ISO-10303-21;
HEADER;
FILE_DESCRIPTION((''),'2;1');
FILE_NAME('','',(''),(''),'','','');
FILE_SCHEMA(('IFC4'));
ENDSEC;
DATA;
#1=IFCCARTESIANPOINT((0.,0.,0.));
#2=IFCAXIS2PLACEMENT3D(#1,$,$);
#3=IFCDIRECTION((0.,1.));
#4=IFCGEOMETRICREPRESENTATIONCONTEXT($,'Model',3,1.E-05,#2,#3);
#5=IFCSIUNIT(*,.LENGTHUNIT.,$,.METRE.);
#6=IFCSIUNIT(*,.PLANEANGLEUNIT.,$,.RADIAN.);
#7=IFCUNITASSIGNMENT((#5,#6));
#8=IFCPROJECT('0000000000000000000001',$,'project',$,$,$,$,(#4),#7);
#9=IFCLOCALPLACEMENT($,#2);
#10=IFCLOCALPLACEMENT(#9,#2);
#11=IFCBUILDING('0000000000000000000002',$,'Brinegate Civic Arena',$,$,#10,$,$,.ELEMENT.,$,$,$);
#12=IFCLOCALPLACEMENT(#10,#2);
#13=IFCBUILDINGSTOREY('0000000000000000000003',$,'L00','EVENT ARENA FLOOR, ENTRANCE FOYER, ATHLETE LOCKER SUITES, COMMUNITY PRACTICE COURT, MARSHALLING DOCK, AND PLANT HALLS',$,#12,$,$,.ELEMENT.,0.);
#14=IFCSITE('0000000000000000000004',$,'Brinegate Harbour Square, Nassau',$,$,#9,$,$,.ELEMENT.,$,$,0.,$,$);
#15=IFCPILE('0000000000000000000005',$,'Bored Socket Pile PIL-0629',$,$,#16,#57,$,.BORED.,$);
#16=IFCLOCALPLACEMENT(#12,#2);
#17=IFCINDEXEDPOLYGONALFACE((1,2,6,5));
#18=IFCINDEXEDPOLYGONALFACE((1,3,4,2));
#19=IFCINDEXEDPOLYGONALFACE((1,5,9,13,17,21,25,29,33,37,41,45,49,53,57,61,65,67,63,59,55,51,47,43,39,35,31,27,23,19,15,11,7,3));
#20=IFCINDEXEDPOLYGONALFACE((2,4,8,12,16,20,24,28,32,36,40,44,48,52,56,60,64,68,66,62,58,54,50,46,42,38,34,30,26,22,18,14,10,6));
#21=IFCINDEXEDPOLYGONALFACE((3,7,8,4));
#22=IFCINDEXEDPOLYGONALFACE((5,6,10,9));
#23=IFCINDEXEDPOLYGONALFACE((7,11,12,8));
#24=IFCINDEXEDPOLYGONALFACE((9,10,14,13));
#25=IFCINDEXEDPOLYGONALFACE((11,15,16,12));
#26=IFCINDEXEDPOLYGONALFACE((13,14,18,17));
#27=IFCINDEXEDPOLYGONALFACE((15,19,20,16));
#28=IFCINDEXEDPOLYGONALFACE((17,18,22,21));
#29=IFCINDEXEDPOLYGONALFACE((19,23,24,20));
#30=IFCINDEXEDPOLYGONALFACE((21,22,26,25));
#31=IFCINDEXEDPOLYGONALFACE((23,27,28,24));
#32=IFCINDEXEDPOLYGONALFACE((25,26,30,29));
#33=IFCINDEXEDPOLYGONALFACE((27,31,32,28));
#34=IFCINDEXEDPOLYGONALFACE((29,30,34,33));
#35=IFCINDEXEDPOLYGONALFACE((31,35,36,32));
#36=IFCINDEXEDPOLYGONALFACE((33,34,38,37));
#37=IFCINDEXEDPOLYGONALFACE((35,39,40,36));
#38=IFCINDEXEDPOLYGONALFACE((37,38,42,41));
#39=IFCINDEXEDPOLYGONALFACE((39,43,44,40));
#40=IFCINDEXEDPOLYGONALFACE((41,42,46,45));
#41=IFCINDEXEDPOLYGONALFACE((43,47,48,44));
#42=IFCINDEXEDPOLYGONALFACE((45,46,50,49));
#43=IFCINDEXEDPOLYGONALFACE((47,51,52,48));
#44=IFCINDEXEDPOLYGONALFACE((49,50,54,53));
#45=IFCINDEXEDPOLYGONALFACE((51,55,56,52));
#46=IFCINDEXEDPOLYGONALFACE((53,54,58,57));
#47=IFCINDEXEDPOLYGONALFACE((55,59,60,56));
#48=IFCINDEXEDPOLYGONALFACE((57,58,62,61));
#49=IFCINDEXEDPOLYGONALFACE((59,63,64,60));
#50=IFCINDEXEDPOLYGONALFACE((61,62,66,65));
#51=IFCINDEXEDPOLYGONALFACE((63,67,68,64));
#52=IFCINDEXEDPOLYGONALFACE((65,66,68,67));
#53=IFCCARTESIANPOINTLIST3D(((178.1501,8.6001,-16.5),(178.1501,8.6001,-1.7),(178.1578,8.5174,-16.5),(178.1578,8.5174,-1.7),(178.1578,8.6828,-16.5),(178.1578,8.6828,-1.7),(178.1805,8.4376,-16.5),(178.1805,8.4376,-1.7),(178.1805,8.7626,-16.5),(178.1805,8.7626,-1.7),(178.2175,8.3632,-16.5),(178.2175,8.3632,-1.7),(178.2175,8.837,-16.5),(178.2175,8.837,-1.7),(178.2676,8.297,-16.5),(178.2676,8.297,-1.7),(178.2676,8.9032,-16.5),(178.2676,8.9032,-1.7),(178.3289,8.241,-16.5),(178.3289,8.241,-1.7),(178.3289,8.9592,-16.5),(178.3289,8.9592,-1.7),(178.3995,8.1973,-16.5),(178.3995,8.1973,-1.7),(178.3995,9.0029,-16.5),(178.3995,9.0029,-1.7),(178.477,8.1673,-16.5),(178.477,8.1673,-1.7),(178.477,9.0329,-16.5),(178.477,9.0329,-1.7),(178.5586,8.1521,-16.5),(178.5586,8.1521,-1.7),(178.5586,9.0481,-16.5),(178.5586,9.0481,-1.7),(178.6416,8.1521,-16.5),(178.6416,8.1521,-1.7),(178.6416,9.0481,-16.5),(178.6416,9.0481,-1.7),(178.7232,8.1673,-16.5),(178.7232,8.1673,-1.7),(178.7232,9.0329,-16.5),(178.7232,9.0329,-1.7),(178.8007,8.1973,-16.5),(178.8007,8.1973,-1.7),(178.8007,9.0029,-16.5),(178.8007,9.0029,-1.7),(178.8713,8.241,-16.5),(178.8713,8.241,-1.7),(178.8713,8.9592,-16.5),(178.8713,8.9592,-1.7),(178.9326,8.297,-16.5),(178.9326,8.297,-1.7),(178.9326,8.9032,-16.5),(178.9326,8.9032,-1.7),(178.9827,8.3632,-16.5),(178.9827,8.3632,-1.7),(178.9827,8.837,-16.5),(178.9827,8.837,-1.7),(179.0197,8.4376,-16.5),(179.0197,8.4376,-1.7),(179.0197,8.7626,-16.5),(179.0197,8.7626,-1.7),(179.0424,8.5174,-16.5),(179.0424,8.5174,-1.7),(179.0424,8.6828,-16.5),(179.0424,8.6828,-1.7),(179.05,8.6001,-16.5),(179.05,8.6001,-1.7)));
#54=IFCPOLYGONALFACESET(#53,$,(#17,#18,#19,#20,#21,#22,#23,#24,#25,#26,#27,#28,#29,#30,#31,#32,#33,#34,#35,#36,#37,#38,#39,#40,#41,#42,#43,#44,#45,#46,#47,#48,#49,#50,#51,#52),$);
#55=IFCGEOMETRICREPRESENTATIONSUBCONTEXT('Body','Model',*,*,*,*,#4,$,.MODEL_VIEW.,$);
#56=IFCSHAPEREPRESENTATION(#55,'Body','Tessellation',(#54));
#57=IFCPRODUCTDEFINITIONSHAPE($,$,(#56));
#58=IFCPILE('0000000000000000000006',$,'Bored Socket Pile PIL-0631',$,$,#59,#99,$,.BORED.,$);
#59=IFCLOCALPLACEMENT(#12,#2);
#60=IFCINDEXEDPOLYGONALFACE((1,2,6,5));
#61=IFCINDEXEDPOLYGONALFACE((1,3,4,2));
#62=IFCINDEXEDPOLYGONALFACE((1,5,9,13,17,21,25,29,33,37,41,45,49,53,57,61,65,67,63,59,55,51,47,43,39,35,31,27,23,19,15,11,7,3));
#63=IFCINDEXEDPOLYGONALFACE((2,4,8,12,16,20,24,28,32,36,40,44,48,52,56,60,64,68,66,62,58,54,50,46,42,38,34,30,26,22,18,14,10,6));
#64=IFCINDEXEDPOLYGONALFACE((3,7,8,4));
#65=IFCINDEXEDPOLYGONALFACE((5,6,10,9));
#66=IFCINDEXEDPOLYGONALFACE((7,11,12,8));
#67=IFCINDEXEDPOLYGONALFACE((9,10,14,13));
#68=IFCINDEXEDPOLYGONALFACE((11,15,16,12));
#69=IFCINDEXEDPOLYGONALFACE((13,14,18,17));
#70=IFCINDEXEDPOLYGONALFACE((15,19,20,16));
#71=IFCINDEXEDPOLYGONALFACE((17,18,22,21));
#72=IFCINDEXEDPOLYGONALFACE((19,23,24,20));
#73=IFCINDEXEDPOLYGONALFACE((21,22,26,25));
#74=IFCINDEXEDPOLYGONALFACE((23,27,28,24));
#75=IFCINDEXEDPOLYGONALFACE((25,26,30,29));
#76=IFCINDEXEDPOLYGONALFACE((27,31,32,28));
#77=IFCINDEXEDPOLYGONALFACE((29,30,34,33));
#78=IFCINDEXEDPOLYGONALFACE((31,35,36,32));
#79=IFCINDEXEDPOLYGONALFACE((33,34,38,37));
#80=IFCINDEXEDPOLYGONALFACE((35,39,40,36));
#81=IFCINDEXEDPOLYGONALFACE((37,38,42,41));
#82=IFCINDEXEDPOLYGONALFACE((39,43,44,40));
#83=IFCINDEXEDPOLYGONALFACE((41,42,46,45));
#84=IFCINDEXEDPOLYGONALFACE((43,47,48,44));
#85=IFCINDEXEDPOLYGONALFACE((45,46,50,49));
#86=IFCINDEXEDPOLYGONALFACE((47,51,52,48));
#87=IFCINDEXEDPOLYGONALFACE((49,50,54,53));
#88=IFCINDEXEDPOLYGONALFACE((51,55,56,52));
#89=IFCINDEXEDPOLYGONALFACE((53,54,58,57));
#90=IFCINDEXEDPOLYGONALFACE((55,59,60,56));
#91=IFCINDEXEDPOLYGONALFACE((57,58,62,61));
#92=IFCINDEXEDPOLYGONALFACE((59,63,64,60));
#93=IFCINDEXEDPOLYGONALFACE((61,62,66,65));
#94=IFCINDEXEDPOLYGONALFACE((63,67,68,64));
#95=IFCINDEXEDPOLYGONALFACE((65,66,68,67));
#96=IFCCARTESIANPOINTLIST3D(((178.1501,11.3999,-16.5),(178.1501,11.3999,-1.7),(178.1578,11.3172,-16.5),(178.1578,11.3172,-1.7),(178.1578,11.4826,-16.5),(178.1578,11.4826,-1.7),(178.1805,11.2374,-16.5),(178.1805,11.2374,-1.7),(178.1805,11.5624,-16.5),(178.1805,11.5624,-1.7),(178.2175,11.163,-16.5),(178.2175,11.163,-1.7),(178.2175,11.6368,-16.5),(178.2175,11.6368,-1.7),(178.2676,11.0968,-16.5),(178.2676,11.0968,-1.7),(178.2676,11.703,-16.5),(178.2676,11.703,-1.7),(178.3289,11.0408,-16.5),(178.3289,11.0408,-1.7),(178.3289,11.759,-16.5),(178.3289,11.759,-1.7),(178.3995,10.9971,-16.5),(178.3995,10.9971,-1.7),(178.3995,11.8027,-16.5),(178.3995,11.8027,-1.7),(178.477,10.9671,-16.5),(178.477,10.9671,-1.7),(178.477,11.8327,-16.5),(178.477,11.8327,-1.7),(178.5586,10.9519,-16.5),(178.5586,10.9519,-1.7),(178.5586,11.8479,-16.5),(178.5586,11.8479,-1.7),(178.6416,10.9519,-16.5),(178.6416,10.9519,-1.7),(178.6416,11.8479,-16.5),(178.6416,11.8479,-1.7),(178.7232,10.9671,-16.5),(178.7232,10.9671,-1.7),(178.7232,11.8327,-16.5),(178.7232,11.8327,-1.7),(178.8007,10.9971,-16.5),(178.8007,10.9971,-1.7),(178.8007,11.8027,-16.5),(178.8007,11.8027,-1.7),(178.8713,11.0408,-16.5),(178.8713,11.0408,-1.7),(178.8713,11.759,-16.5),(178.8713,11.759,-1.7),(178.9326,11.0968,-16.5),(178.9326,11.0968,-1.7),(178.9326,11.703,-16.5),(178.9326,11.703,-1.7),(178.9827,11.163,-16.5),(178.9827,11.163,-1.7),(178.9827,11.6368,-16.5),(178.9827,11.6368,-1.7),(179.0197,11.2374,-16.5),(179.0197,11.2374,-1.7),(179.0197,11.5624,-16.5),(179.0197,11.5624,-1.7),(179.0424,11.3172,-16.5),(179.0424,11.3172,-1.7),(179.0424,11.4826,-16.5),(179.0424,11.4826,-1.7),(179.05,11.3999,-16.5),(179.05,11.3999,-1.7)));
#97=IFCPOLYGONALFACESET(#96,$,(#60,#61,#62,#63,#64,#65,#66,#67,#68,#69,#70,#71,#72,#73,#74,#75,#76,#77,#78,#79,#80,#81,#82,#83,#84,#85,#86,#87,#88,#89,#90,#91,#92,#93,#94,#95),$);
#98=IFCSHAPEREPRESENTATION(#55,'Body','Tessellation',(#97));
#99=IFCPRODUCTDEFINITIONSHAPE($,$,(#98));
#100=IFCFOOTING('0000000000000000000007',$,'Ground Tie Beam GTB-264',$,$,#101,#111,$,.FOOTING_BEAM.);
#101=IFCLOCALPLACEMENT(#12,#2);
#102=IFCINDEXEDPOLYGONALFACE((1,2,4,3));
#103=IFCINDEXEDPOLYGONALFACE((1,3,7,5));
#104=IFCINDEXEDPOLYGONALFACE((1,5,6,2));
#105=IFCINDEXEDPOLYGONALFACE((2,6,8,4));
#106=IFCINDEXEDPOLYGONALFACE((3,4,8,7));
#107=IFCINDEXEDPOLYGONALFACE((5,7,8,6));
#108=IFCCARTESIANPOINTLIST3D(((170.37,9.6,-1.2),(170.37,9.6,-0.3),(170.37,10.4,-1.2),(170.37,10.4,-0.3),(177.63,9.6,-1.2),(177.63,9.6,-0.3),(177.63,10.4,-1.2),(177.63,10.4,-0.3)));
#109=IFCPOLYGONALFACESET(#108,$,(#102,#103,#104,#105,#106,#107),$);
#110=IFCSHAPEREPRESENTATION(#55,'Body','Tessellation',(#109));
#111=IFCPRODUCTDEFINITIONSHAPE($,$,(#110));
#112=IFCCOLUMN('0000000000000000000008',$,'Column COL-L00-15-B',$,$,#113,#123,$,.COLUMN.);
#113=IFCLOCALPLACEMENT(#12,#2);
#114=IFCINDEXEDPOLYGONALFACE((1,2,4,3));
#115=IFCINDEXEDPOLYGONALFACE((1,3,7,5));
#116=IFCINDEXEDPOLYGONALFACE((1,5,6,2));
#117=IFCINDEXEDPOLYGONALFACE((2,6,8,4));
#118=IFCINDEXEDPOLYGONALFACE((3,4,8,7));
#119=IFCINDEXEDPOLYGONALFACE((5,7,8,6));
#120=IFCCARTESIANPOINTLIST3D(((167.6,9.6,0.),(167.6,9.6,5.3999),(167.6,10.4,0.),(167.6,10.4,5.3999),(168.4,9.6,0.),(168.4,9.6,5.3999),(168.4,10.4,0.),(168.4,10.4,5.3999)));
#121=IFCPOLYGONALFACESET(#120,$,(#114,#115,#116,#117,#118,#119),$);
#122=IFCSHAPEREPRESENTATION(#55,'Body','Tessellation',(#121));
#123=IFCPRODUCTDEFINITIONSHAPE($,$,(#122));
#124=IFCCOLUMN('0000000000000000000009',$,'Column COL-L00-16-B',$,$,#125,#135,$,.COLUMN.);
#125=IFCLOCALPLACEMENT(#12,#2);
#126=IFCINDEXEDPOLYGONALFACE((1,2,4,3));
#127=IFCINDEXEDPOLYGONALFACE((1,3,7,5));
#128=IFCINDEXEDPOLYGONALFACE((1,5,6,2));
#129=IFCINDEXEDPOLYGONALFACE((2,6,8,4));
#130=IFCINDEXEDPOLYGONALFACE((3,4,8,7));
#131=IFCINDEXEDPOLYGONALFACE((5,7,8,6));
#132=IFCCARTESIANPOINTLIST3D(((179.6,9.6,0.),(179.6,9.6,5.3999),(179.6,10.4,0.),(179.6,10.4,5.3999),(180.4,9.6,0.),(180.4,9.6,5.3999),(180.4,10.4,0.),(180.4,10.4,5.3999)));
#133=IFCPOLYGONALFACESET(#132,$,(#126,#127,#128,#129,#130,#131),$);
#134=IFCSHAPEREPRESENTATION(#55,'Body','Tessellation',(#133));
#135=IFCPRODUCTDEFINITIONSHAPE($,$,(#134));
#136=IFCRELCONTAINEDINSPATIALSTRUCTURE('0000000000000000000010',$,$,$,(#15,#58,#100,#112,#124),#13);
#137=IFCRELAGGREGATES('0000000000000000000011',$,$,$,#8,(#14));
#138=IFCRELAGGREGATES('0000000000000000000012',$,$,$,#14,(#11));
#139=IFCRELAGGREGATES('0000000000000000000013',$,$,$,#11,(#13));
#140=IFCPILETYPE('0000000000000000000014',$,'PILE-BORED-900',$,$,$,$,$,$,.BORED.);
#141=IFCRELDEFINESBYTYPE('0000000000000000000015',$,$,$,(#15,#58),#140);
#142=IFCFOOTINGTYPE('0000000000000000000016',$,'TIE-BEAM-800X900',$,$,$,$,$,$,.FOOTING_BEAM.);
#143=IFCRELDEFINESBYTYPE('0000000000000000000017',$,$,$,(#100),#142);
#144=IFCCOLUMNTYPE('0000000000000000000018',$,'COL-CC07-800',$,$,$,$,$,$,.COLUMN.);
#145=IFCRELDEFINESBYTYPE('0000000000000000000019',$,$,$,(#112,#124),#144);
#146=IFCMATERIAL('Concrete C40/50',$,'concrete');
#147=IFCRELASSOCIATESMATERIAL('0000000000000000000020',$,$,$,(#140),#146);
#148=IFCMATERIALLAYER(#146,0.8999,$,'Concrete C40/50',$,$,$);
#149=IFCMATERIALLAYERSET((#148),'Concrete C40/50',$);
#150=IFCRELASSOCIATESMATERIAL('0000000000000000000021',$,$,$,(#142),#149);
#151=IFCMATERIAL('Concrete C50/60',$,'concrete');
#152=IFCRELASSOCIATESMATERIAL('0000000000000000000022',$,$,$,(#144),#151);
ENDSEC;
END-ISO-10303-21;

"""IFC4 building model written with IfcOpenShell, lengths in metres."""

from ifc_helpers import new_model, si_unit, direction, frame, origin, origin_2d, place, context, subcontext, project, spatial, rectangle, circle, extrude, material, layer, layer_set, material_profile, profile_set, type_object, element, save


model = new_model("IFC4")

# Units and contexts
model_context = context("Model", 3, precision=1e-05, world=origin(), true_north=direction((0.0, 1.0)))
body_context = subcontext(model_context, "Body", "Model", "MODEL_VIEW")
ifc_project = project(units=[si_unit("LENGTHUNIT", "METRE"), si_unit("PLANEANGLEUNIT", "RADIAN")], contexts=[model_context])

# Site, building, storey
site_placement = place(None, origin())
site = spatial("IfcSite", under=ifc_project, at=site_placement, Name="Brinegate Harbour Square, Nassau", CompositionType="ELEMENT", RefElevation=0.0)
building_placement = place(site_placement, origin())
building = spatial("IfcBuilding", under=site, at=building_placement, Name="Brinegate Civic Arena", CompositionType="ELEMENT")
storey_placement = place(building_placement, origin())
storey = spatial("IfcBuildingStorey", under=building, at=storey_placement, Name="L00", Description="EVENT ARENA FLOOR, ENTRANCE FOYER, ATHLETE LOCKER SUITES, COMMUNITY PRACTICE COURT, MARSHALLING DOCK, AND PLANT HALLS", CompositionType="ELEMENT", Elevation=0.0)

# Shared definitions
ifc_material_1 = material(Name="Concrete C40/50", Category="concrete")

# Piles
ifc_material_profile_1 = material_profile(ifc_material_1, circle(Radius=0.45, at=origin_2d()), Name="PILED900")
ifc_profile_set_1 = profile_set([ifc_material_profile_1], Name="Concrete C40/50")
pile_type = type_object("IfcPileType", Name="PILE-BORED-900", PredefinedType="BORED", material=ifc_profile_set_1)
for number, where, z_axis, x_axis, name in (
    (1, (178.6001, 8.6001, -1.7), (0.0, 0.0, -1.0), (1.0, 0.0, 0.0), "Bored Socket Pile PIL-0629"),
    (2, (178.6001, 11.3999, -1.7), (0.0, 0.0, -1.0), (1.0, 0.0, 0.0), "Bored Socket Pile PIL-0631"),
):
    element("IfcPile", number, at=place(storey_placement, frame(where, z_axis=z_axis, x_axis=x_axis)), inside=storey, type_object=pile_type, Name=name, PredefinedType="BORED", context=body_context, shape_type="SweptSolid", body=[
        extrude(circle(Radius=0.45, at=origin_2d()), origin(), (0.0, 0.0, 1.0), 14.8),
    ])

# Footing
ifc_layer_1 = layer(ifc_material_1, 0.8999, Name="Concrete C40/50")
ifc_layer_set_1 = layer_set([ifc_layer_1], Name="Concrete C40/50")
footing_type_1 = type_object("IfcFootingType", Name="TIE-BEAM-800X900", PredefinedType="FOOTING_BEAM", material=ifc_layer_set_1)
footing_placement = place(storey_placement, frame((174.0, 10.0, -1.2), z_axis=(0.0, 0.0, 1.0), x_axis=(1.0, 0.0, 0.0)))
element("IfcFooting", 3, at=footing_placement, inside=storey, type_object=footing_type_1, Name="Ground Tie Beam GTB-264", PredefinedType="FOOTING_BEAM", context=body_context, shape_type="SweptSolid", body=[
    extrude(rectangle(XDim=7.26, YDim=0.8, at=origin_2d()), origin(), (0.0, 0.0, 1.0), 0.8999),
])

# Columns
ifc_material_2 = material(Name="Concrete C50/60", Category="concrete")
ifc_material_profile_2 = material_profile(ifc_material_2, rectangle(XDim=0.8, YDim=0.8, at=origin_2d()), Name="RC800X800")
ifc_profile_set_2 = profile_set([ifc_material_profile_2], Name="Concrete C50/60")
column_type = type_object("IfcColumnType", Name="COL-CC07-800", PredefinedType="COLUMN", material=ifc_profile_set_2)
for number, where, z_axis, x_axis, name in (
    (4, (168.0, 10.0, 0.0), (0.0, 0.0, 1.0), (1.0, 0.0, 0.0), "Column COL-L00-15-B"),
    (5, (180.0, 10.0, 0.0), (0.0, 0.0, 1.0), (1.0, 0.0, 0.0), "Column COL-L00-16-B"),
):
    element("IfcColumn", number, at=place(storey_placement, frame(where, z_axis=z_axis, x_axis=x_axis)), inside=storey, type_object=column_type, Name=name, PredefinedType="COLUMN", context=body_context, shape_type="SweptSolid", body=[
        extrude(rectangle(XDim=0.8, YDim=0.8, at=origin_2d()), origin(), (0.0, 0.0, 1.0), 5.3999),
    ])

save(model, "model.ifc")
